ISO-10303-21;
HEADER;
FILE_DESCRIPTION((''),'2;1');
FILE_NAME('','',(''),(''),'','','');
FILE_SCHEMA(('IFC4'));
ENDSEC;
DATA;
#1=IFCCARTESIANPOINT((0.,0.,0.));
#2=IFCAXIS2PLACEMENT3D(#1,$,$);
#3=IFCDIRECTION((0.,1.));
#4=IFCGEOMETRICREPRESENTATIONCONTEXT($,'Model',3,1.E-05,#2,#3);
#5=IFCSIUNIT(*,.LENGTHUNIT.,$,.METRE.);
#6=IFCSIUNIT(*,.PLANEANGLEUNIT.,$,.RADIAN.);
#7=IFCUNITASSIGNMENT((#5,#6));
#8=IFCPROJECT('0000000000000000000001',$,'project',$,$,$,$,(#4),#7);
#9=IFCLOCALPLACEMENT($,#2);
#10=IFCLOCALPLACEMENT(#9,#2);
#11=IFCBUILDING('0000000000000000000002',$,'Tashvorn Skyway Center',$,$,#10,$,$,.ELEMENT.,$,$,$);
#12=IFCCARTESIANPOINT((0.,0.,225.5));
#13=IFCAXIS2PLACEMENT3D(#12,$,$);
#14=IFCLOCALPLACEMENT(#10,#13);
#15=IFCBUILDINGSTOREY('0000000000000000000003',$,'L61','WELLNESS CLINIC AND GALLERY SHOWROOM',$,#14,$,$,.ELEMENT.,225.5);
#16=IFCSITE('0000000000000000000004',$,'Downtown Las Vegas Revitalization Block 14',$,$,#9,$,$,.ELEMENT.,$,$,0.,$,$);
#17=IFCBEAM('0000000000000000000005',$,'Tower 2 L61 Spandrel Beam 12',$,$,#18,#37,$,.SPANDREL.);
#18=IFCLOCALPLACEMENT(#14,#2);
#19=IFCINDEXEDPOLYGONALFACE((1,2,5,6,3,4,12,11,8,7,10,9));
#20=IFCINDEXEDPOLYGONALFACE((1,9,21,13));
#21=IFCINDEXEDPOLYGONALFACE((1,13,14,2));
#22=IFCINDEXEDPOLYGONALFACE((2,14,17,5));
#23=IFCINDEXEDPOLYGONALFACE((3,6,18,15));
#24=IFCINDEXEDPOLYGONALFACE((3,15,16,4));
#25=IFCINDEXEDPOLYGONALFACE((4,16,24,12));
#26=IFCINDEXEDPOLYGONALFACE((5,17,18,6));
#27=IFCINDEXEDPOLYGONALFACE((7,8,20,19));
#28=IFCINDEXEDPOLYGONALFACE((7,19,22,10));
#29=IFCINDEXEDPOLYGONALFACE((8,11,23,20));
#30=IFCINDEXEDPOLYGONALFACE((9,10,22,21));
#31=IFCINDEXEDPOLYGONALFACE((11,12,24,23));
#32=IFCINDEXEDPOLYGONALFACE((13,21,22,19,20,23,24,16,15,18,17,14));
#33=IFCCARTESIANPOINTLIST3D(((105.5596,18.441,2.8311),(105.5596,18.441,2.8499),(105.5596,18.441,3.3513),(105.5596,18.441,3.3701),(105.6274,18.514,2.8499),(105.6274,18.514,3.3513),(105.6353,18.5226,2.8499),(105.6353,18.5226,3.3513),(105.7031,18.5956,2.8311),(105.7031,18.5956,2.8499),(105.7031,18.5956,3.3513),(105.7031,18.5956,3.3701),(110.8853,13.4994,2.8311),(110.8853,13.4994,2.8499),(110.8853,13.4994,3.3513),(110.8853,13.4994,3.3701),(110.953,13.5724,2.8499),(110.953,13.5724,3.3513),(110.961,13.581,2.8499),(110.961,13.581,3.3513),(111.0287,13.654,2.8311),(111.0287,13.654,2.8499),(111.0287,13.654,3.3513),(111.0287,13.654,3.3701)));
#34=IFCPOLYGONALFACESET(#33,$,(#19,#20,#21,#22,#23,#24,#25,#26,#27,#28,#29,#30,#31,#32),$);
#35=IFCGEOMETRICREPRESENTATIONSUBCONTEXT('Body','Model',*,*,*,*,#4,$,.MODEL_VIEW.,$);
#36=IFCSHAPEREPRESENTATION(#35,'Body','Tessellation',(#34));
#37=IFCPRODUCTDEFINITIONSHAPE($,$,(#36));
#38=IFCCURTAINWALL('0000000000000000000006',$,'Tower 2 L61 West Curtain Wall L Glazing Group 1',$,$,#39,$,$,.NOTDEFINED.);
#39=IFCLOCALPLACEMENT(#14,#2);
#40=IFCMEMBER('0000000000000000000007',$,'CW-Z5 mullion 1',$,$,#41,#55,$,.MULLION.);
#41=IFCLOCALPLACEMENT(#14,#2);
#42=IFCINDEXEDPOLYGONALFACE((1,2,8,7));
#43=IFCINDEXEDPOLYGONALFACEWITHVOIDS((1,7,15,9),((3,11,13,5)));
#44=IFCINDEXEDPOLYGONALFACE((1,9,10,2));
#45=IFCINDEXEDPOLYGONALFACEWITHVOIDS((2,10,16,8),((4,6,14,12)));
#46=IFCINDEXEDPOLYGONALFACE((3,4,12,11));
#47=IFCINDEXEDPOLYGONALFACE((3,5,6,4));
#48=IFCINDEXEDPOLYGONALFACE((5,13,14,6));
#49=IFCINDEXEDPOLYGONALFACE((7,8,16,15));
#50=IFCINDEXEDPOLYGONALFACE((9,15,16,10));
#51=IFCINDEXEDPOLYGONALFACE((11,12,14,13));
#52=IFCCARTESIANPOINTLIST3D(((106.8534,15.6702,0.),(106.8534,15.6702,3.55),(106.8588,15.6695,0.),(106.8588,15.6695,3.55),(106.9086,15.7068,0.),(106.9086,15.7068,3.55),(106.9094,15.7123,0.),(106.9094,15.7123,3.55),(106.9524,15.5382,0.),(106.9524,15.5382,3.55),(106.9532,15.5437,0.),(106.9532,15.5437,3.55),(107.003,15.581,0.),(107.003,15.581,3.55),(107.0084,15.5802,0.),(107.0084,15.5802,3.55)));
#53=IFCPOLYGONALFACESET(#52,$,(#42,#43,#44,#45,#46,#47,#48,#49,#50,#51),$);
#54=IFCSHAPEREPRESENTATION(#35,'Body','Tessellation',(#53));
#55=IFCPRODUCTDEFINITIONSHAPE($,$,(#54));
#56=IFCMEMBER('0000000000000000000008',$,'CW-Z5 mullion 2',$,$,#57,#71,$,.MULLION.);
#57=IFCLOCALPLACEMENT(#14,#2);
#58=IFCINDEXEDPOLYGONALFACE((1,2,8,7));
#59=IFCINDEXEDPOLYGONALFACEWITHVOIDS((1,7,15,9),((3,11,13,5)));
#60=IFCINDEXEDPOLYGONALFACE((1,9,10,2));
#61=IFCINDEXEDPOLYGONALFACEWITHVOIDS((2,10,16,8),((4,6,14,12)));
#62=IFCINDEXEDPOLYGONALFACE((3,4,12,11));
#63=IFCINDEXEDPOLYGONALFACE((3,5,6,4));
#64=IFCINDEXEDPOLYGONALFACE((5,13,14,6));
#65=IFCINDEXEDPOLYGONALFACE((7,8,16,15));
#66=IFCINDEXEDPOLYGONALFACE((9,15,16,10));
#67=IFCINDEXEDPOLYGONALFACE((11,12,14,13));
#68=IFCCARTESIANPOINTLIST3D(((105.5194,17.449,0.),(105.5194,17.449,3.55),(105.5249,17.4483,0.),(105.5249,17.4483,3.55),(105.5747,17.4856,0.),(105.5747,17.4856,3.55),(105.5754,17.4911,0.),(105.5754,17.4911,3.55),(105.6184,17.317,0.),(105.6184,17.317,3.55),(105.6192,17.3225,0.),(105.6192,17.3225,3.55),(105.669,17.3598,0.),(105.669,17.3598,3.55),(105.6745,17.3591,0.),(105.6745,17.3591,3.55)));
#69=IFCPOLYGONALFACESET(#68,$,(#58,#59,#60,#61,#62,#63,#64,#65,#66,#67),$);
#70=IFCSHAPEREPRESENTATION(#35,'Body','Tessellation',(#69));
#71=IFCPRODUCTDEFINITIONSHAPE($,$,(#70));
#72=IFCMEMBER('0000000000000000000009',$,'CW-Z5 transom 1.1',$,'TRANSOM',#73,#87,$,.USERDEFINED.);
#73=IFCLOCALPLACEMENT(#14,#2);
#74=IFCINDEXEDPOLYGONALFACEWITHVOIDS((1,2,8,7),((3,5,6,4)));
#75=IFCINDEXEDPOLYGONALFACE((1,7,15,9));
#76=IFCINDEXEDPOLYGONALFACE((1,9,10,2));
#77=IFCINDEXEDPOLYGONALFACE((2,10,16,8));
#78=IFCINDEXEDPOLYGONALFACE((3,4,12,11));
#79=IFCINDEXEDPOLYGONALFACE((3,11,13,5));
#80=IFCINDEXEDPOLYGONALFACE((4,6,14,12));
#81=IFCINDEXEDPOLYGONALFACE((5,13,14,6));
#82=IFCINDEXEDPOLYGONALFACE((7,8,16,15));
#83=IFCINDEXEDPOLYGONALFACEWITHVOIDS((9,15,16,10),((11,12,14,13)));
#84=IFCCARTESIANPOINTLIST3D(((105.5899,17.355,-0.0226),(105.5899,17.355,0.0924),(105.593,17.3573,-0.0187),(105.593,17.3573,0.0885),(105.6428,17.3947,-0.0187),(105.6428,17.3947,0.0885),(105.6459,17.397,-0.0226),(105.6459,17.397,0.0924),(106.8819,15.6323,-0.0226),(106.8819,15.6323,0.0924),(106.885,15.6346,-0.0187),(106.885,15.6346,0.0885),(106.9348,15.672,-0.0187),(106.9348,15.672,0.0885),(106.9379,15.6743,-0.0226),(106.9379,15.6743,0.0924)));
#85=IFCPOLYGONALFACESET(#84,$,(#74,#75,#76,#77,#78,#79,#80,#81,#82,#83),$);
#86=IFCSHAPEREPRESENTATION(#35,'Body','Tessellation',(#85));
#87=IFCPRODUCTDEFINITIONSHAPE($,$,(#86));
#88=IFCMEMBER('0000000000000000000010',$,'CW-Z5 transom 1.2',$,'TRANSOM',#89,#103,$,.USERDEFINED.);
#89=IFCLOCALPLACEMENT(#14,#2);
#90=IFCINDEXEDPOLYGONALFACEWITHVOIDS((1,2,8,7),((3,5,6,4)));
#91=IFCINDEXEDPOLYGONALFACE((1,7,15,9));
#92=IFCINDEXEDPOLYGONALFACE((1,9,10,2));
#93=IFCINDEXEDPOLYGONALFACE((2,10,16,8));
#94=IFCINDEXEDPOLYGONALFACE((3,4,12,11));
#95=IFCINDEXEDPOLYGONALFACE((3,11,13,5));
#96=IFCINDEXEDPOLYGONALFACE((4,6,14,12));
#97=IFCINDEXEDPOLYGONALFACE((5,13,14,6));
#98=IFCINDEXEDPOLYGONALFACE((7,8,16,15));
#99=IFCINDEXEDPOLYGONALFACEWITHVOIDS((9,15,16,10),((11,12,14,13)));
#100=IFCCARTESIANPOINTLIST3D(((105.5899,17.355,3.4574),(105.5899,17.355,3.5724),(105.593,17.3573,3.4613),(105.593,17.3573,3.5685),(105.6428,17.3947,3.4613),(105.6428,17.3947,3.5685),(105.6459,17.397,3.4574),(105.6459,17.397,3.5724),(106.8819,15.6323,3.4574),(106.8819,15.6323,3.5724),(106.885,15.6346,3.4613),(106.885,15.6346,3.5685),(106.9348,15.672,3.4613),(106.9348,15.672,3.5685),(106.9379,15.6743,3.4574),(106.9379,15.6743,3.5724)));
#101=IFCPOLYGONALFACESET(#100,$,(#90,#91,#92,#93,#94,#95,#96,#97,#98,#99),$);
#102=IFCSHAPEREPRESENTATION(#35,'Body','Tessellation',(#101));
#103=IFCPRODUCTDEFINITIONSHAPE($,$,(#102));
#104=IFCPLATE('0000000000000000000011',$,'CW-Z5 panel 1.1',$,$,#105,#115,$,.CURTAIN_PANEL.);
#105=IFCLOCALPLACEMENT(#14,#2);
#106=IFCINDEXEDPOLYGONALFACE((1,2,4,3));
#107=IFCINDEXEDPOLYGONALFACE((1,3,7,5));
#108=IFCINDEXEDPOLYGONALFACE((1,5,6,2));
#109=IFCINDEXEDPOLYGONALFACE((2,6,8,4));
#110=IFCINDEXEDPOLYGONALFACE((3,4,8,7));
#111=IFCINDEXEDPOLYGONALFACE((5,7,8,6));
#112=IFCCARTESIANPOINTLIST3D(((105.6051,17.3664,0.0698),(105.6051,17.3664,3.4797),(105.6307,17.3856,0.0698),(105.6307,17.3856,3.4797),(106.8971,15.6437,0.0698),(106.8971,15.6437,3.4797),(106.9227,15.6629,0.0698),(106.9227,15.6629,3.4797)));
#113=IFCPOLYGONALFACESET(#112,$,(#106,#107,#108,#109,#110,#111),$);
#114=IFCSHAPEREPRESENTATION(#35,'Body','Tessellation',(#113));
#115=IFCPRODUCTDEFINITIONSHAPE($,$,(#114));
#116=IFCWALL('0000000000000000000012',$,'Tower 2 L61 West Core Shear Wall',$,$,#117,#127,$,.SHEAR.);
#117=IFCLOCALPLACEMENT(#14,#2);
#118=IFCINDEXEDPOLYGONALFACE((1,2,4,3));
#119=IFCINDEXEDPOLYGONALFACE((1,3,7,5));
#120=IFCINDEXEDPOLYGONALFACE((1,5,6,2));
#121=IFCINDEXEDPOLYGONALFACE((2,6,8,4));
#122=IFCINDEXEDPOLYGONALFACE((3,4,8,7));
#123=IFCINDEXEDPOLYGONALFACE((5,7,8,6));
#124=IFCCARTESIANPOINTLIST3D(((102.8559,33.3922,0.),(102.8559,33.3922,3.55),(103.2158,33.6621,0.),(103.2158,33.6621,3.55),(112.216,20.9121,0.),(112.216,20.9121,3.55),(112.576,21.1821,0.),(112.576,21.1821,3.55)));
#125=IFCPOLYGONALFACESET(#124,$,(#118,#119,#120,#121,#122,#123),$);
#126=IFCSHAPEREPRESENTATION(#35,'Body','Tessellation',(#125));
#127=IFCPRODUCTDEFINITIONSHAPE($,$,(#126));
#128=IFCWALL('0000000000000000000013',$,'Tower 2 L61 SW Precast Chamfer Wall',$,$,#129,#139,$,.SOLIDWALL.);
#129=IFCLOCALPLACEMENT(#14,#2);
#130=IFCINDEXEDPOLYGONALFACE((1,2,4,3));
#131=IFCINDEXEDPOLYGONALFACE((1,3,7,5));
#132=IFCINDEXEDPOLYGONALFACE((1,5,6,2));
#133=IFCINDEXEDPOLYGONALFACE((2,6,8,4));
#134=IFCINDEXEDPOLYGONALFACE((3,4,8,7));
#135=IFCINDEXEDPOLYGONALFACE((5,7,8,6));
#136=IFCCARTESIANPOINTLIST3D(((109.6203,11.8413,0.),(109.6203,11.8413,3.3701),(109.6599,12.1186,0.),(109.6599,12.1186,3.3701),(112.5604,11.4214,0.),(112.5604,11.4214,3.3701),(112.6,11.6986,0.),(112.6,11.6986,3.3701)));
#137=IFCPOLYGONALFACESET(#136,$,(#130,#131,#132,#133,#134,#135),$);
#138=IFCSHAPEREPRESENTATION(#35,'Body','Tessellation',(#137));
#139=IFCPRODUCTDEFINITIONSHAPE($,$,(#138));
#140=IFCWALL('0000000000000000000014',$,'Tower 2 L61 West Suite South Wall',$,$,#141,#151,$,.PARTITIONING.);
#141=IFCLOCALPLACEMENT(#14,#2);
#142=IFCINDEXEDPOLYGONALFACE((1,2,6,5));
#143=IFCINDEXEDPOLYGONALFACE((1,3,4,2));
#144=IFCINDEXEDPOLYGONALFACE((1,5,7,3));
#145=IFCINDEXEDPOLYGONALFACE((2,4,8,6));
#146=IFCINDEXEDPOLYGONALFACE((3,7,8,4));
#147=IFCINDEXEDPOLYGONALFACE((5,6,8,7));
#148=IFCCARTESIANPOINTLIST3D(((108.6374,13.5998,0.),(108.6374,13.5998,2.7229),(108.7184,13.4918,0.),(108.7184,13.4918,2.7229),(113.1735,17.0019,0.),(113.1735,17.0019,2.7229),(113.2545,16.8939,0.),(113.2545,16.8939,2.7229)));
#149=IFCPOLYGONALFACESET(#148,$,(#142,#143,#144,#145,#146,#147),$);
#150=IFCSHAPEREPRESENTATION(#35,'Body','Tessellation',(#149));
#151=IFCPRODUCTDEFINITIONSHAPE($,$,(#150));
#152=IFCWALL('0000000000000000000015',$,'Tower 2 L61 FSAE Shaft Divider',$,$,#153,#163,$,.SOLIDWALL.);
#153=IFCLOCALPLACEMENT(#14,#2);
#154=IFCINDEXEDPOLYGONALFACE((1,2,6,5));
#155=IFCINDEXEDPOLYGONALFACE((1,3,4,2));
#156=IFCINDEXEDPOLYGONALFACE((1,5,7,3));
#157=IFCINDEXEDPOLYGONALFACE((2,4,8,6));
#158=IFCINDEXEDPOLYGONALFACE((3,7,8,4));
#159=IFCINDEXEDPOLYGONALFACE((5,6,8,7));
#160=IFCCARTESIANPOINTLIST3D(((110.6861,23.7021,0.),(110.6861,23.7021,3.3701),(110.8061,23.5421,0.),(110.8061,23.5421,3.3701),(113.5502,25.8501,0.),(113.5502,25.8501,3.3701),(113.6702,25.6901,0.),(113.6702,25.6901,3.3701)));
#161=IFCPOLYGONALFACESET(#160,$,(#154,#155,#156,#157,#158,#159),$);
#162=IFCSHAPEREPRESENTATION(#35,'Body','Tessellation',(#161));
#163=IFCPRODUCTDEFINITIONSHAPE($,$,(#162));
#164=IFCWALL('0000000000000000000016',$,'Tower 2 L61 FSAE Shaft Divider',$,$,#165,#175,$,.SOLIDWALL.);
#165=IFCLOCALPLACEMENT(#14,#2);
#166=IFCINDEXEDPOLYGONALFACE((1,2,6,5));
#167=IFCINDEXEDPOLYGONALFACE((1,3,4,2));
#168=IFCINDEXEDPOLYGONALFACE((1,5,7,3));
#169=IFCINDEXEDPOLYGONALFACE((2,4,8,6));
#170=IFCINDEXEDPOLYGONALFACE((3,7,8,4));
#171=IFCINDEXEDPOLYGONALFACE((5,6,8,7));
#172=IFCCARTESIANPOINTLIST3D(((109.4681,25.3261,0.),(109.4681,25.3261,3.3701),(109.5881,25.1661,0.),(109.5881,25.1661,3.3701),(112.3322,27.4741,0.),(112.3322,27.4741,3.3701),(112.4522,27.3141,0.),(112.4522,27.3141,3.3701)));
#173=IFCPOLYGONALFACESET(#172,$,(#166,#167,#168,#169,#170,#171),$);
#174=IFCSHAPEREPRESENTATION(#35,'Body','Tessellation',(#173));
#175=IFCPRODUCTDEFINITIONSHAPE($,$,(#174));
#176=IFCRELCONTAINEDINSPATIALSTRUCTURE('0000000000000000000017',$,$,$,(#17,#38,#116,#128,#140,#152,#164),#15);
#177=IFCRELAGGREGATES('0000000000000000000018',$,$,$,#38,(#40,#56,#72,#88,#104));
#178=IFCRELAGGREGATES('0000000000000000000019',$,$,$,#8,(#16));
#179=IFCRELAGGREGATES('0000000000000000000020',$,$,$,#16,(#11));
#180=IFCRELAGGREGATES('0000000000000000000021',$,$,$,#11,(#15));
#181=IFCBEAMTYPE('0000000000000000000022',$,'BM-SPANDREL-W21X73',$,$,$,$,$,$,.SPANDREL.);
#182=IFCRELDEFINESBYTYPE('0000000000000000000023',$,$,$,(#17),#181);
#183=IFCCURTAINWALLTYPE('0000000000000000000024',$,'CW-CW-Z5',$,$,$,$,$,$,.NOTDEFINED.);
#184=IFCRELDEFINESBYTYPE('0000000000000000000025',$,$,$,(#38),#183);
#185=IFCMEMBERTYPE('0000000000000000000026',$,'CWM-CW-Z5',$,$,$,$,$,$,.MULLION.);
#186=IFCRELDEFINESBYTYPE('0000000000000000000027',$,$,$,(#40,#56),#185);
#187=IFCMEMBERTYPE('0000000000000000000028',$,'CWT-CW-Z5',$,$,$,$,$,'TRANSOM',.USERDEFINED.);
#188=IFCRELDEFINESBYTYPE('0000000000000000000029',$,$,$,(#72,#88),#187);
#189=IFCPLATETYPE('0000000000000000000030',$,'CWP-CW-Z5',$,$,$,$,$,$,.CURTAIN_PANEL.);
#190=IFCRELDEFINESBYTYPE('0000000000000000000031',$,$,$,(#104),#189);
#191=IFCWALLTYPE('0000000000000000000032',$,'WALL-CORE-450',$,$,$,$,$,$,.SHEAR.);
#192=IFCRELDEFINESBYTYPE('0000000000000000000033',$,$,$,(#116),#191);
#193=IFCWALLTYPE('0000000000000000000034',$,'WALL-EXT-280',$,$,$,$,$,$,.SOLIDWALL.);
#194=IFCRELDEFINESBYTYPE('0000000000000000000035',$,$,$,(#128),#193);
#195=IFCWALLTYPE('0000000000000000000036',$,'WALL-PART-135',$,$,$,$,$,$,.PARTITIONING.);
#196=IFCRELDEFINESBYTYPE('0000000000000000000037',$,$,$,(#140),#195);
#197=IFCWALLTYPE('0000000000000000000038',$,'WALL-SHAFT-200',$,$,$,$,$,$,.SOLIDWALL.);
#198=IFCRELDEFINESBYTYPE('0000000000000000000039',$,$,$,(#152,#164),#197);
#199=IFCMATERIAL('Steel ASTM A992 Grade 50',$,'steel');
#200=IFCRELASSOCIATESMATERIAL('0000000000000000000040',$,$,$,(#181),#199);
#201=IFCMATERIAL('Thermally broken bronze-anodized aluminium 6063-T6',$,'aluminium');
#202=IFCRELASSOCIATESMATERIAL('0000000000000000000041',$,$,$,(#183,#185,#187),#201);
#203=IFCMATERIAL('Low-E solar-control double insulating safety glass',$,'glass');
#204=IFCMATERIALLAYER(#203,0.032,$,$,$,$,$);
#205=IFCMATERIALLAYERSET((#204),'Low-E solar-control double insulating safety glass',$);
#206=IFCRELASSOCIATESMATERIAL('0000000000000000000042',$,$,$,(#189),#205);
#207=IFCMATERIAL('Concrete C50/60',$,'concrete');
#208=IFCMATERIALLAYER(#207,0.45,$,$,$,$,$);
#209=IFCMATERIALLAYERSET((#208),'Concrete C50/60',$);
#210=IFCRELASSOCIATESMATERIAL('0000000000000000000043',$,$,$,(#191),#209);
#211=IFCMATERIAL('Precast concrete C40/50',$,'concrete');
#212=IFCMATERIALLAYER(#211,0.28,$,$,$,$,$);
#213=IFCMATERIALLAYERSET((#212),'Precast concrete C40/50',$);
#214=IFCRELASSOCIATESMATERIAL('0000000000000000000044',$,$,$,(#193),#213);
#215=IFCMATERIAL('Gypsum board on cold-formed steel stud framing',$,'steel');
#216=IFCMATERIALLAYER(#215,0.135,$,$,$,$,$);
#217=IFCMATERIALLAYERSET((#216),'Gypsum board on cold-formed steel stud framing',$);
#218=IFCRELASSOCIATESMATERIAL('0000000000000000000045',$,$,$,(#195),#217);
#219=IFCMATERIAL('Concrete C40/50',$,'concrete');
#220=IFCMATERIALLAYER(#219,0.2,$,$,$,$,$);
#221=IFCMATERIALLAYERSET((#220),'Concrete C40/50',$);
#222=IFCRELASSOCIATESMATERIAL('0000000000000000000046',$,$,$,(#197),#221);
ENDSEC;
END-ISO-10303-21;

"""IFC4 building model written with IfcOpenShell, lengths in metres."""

from ifc_helpers import new_model, si_unit, direction, frame, frame_2d, origin, origin_2d, place, context, subcontext, project, spatial, rectangle, hollow_rectangle, i_section, extrude, material, layer, layer_set, material_profile, profile_set, type_object, element, aggregate, save


model = new_model("IFC4")

# Units and contexts
model_context = context("Model", 3, precision=1e-05, world=origin(), true_north=direction((0.0, 1.0)))
body_context = subcontext(model_context, "Body", "Model", "MODEL_VIEW")
ifc_project = project(units=[si_unit("LENGTHUNIT", "METRE"), si_unit("PLANEANGLEUNIT", "RADIAN")], contexts=[model_context])

# Site, building, storey
site_placement = place(None, origin())
site = spatial("IfcSite", under=ifc_project, at=site_placement, Name="Downtown Las Vegas Revitalization Block 14", CompositionType="ELEMENT", RefElevation=0.0)
building_placement = place(site_placement, origin())
building = spatial("IfcBuilding", under=site, at=building_placement, Name="Tashvorn Skyway Center", CompositionType="ELEMENT")
storey_placement = place(building_placement, frame((0.0, 0.0, 225.5)))
storey = spatial("IfcBuildingStorey", under=building, at=storey_placement, Name="L61", Description="WELLNESS CLINIC AND GALLERY SHOWROOM", CompositionType="ELEMENT", Elevation=225.5)

# Beam
ifc_material_1 = material(Name="Steel ASTM A992 Grade 50", Category="steel")
ifc_material_profile_1 = material_profile(ifc_material_1, i_section(OverallWidth=0.2109, OverallDepth=0.5391, WebThickness=0.0117, FlangeThickness=0.0188, at=origin_2d()), Name="W21X73")
ifc_profile_set_1 = profile_set([ifc_material_profile_1], Name="Steel ASTM A992 Grade 50")
beam_type_1 = type_object("IfcBeamType", Name="BM-SPANDREL-W21X73", PredefinedType="SPANDREL", material=ifc_profile_set_1)
for number, where, z_axis, x_axis, name in (
    (1, (105.6313, 18.5183, 3.1006), (0.733042, -0.680183, 0.0), (0.680183, 0.733042, 0.0), "Tower 2 L61 Spandrel Beam 12"),
):
    element("IfcBeam", number, at=place(storey_placement, frame(where, z_axis=z_axis, x_axis=x_axis)), inside=storey, type_object=beam_type_1, Name=name, PredefinedType="SPANDREL", context=body_context, shape_type="SweptSolid", body=[
        extrude(i_section(OverallWidth=0.2109, OverallDepth=0.5391, WebThickness=0.0117, FlangeThickness=0.0188, at=origin_2d()), origin(), (0.0, 0.0, 1.0), 7.2651),
    ])

# Curtain wall, members, plate
ifc_material_2 = material(Name="Thermally broken bronze-anodized aluminium 6063-T6", Category="aluminium")
curtain_wall_type = type_object("IfcCurtainWallType", Name="CW-CW-Z5", PredefinedType="NOTDEFINED", material=ifc_material_2)
curtain_wall_placement = place(storey_placement, origin())
curtain_wall = element("IfcCurtainWall", 2, at=curtain_wall_placement, inside=storey, type_object=curtain_wall_type, Name="Tower 2 L61 West Curtain Wall L Glazing Group 1", PredefinedType="NOTDEFINED")
ifc_material_profile_2 = material_profile(ifc_material_2, hollow_rectangle(XDim=0.0701, YDim=0.165, WallThickness=0.0039, at=origin_2d()), Name="ALU-MULL-70x165")
ifc_profile_set_2 = profile_set([ifc_material_profile_2], Name="Thermally broken bronze-anodized aluminium 6063-T6")
member_type_1 = type_object("IfcMemberType", Name="CWM-CW-Z5", PredefinedType="MULLION", material=ifc_profile_set_2)
member_1_placement = place(storey_placement, frame((106.9309, 15.6252, 0.0), z_axis=(0.0, 0.0, 1.0), x_axis=(-0.800005, -0.599993, 0.0)))
member_1 = element("IfcMember", 3, at=member_1_placement, type_object=member_type_1, Name="CW-Z5 mullion 1", PredefinedType="MULLION", context=body_context, shape_type="SweptSolid", body=[
    extrude(hollow_rectangle(XDim=0.0701, YDim=0.165, WallThickness=0.0039, at=origin_2d()), origin(), (0.0, 0.0, 1.0), 3.55),
])
member_2_placement = place(storey_placement, frame((105.5969, 17.4041, 0.0), z_axis=(0.0, 0.0, 1.0), x_axis=(-0.800005, -0.599993, 0.0)))
member_2 = element("IfcMember", 4, at=member_2_placement, type_object=member_type_1, Name="CW-Z5 mullion 2", PredefinedType="MULLION", context=body_context, shape_type="SweptSolid", body=[
    extrude(hollow_rectangle(XDim=0.0701, YDim=0.165, WallThickness=0.0039, at=origin_2d()), origin(), (0.0, 0.0, 1.0), 3.55),
])
ifc_material_profile_3 = material_profile(ifc_material_2, hollow_rectangle(XDim=0.0701, YDim=0.115, WallThickness=0.0039, at=origin_2d()), Name="ALU-TRAN-70x115")
ifc_profile_set_3 = profile_set([ifc_material_profile_3], Name="Thermally broken bronze-anodized aluminium 6063-T6")
member_type_2 = type_object("IfcMemberType", Name="CWT-CW-Z5", ElementType="TRANSOM", PredefinedType="USERDEFINED", material=ifc_profile_set_3)
member_3_placement = place(storey_placement, frame((106.9099, 15.6533, 0.0349), z_axis=(-0.6, 0.8, 0.0), x_axis=(-0.8, -0.6, 0.0)))
member_3 = element("IfcMember", 5, at=member_3_placement, type_object=member_type_2, Name="CW-Z5 transom 1.1", ObjectType="TRANSOM", PredefinedType="USERDEFINED", context=body_context, shape_type="SweptSolid", body=[
    extrude(hollow_rectangle(XDim=0.0701, YDim=0.115, WallThickness=0.0039, at=origin_2d()), origin(), (0.0, 0.0, 1.0), 2.1533),
])
member_4_placement = place(storey_placement, frame((106.9099, 15.6533, 3.5149), z_axis=(-0.6, 0.8, 0.0), x_axis=(-0.8, -0.6, 0.0)))
member_4 = element("IfcMember", 6, at=member_4_placement, type_object=member_type_2, Name="CW-Z5 transom 1.2", ObjectType="TRANSOM", PredefinedType="USERDEFINED", context=body_context, shape_type="SweptSolid", body=[
    extrude(hollow_rectangle(XDim=0.0701, YDim=0.115, WallThickness=0.0039, at=origin_2d()), origin(), (0.0, 0.0, 1.0), 2.1533),
])
ifc_material_3 = material(Name="Low-E solar-control double insulating safety glass", Category="glass")
ifc_layer_1 = layer(ifc_material_3, 0.032)
ifc_layer_set_1 = layer_set([ifc_layer_1], Name="Low-E solar-control double insulating safety glass")
plate_type = type_object("IfcPlateType", Name="CWP-CW-Z5", PredefinedType="CURTAIN_PANEL", material=ifc_layer_set_1)
plate_placement = place(storey_placement, frame((106.2639, 16.5146, 0.0698), z_axis=(0.0, 0.0, 1.0), x_axis=(-0.599993, 0.800005, 0.0)))
plate = element("IfcPlate", 7, at=plate_placement, type_object=plate_type, Name="CW-Z5 panel 1.1", PredefinedType="CURTAIN_PANEL", context=body_context, shape_type="SweptSolid", body=[
    extrude(rectangle(XDim=2.1533, YDim=0.032, at=origin_2d()), origin(), (0.0, 0.0, 1.0), 3.4099),
])
aggregate(curtain_wall, [member_1, member_2, member_3, member_4, plate])

# Walls
ifc_material_4 = material(Name="Concrete C50/60", Category="concrete")
ifc_layer_2 = layer(ifc_material_4, 0.45)
ifc_layer_set_2 = layer_set([ifc_layer_2], Name="Concrete C50/60")
wall_type_1 = type_object("IfcWallType", Name="WALL-CORE-450", PredefinedType="SHEAR", material=ifc_layer_set_2)
wall_1_placement = place(storey_placement, frame((112.396, 21.0471, 0.0), z_axis=(0.0, 0.0, 1.0), x_axis=(-0.600005, 0.799996, 0.0)))
element("IfcWall", 8, at=wall_1_placement, inside=storey, type_object=wall_type_1, Name="Tower 2 L61 West Core Shear Wall", PredefinedType="SHEAR", context=body_context, shape_type="SweptSolid", body=[
    extrude(rectangle(XDim=15.6001, YDim=0.45, at=frame_2d((7.8, 0.0))), origin(), (0.0, 0.0, 1.0), 3.55),
])
ifc_material_5 = material(Name="Precast concrete C40/50", Category="concrete")
ifc_layer_3 = layer(ifc_material_5, 0.28)
ifc_layer_set_3 = layer_set([ifc_layer_3], Name="Precast concrete C40/50")
wall_type_2 = type_object("IfcWallType", Name="WALL-EXT-280", PredefinedType="SOLIDWALL", material=ifc_layer_set_3)
wall_2_placement = place(storey_placement, frame((112.5801, 11.5601, 0.0), z_axis=(0.0, 0.0, 1.0), x_axis=(-0.989954, 0.141387, 0.0)))
element("IfcWall", 9, at=wall_2_placement, inside=storey, type_object=wall_type_2, Name="Tower 2 L61 SW Precast Chamfer Wall", PredefinedType="SOLIDWALL", context=body_context, shape_type="SweptSolid", body=[
    extrude(rectangle(XDim=2.97, YDim=0.28, at=frame_2d((1.4849, 0.0))), origin(), (0.0, 0.0, 1.0), 3.3701),
])
ifc_material_6 = material(Name="Gypsum board on cold-formed steel stud framing", Category="steel")
ifc_layer_4 = layer(ifc_material_6, 0.135)
ifc_layer_set_4 = layer_set([ifc_layer_4], Name="Gypsum board on cold-formed steel stud framing")
wall_type_3 = type_object("IfcWallType", Name="WALL-PART-135", PredefinedType="PARTITIONING", material=ifc_layer_set_4)
wall_3_placement = place(storey_placement, frame((108.678, 13.5459, 0.0), z_axis=(0.0, 0.0, 1.0), x_axis=(0.8, 0.6, 0.0)))
element("IfcWall", 10, at=wall_3_placement, inside=storey, type_object=wall_type_3, Name="Tower 2 L61 West Suite South Wall", PredefinedType="PARTITIONING", context=body_context, shape_type="SweptSolid", body=[
    extrude(rectangle(XDim=5.6702, YDim=0.135, at=frame_2d((2.835, 0.0))), origin(), (0.0, 0.0, 1.0), 2.7229),
])
ifc_material_7 = material(Name="Concrete C40/50", Category="concrete")
ifc_layer_5 = layer(ifc_material_7, 0.2)
ifc_layer_set_5 = layer_set([ifc_layer_5], Name="Concrete C40/50")
wall_type_4 = type_object("IfcWallType", Name="WALL-SHAFT-200", PredefinedType="SOLIDWALL", material=ifc_layer_set_5)
for number, where, z_axis, x_axis, name in (
    (11, (110.7461, 23.6221, 0.0), (0.0, 0.0, 1.0), (0.800008, 0.599989, 0.0), "Tower 2 L61 FSAE Shaft Divider"),
    (12, (109.5281, 25.2461, 0.0), (0.0, 0.0, 1.0), (0.800008, 0.599989, 0.0), "Tower 2 L61 FSAE Shaft Divider"),
):
    element("IfcWall", number, at=place(storey_placement, frame(where, z_axis=z_axis, x_axis=x_axis)), inside=storey, type_object=wall_type_4, Name=name, PredefinedType="SOLIDWALL", context=body_context, shape_type="SweptSolid", body=[
        extrude(rectangle(XDim=3.5801, YDim=0.2, at=frame_2d((1.79, 0.0))), origin(), (0.0, 0.0, 1.0), 3.3701),
    ])

save(model, "model.ifc")
